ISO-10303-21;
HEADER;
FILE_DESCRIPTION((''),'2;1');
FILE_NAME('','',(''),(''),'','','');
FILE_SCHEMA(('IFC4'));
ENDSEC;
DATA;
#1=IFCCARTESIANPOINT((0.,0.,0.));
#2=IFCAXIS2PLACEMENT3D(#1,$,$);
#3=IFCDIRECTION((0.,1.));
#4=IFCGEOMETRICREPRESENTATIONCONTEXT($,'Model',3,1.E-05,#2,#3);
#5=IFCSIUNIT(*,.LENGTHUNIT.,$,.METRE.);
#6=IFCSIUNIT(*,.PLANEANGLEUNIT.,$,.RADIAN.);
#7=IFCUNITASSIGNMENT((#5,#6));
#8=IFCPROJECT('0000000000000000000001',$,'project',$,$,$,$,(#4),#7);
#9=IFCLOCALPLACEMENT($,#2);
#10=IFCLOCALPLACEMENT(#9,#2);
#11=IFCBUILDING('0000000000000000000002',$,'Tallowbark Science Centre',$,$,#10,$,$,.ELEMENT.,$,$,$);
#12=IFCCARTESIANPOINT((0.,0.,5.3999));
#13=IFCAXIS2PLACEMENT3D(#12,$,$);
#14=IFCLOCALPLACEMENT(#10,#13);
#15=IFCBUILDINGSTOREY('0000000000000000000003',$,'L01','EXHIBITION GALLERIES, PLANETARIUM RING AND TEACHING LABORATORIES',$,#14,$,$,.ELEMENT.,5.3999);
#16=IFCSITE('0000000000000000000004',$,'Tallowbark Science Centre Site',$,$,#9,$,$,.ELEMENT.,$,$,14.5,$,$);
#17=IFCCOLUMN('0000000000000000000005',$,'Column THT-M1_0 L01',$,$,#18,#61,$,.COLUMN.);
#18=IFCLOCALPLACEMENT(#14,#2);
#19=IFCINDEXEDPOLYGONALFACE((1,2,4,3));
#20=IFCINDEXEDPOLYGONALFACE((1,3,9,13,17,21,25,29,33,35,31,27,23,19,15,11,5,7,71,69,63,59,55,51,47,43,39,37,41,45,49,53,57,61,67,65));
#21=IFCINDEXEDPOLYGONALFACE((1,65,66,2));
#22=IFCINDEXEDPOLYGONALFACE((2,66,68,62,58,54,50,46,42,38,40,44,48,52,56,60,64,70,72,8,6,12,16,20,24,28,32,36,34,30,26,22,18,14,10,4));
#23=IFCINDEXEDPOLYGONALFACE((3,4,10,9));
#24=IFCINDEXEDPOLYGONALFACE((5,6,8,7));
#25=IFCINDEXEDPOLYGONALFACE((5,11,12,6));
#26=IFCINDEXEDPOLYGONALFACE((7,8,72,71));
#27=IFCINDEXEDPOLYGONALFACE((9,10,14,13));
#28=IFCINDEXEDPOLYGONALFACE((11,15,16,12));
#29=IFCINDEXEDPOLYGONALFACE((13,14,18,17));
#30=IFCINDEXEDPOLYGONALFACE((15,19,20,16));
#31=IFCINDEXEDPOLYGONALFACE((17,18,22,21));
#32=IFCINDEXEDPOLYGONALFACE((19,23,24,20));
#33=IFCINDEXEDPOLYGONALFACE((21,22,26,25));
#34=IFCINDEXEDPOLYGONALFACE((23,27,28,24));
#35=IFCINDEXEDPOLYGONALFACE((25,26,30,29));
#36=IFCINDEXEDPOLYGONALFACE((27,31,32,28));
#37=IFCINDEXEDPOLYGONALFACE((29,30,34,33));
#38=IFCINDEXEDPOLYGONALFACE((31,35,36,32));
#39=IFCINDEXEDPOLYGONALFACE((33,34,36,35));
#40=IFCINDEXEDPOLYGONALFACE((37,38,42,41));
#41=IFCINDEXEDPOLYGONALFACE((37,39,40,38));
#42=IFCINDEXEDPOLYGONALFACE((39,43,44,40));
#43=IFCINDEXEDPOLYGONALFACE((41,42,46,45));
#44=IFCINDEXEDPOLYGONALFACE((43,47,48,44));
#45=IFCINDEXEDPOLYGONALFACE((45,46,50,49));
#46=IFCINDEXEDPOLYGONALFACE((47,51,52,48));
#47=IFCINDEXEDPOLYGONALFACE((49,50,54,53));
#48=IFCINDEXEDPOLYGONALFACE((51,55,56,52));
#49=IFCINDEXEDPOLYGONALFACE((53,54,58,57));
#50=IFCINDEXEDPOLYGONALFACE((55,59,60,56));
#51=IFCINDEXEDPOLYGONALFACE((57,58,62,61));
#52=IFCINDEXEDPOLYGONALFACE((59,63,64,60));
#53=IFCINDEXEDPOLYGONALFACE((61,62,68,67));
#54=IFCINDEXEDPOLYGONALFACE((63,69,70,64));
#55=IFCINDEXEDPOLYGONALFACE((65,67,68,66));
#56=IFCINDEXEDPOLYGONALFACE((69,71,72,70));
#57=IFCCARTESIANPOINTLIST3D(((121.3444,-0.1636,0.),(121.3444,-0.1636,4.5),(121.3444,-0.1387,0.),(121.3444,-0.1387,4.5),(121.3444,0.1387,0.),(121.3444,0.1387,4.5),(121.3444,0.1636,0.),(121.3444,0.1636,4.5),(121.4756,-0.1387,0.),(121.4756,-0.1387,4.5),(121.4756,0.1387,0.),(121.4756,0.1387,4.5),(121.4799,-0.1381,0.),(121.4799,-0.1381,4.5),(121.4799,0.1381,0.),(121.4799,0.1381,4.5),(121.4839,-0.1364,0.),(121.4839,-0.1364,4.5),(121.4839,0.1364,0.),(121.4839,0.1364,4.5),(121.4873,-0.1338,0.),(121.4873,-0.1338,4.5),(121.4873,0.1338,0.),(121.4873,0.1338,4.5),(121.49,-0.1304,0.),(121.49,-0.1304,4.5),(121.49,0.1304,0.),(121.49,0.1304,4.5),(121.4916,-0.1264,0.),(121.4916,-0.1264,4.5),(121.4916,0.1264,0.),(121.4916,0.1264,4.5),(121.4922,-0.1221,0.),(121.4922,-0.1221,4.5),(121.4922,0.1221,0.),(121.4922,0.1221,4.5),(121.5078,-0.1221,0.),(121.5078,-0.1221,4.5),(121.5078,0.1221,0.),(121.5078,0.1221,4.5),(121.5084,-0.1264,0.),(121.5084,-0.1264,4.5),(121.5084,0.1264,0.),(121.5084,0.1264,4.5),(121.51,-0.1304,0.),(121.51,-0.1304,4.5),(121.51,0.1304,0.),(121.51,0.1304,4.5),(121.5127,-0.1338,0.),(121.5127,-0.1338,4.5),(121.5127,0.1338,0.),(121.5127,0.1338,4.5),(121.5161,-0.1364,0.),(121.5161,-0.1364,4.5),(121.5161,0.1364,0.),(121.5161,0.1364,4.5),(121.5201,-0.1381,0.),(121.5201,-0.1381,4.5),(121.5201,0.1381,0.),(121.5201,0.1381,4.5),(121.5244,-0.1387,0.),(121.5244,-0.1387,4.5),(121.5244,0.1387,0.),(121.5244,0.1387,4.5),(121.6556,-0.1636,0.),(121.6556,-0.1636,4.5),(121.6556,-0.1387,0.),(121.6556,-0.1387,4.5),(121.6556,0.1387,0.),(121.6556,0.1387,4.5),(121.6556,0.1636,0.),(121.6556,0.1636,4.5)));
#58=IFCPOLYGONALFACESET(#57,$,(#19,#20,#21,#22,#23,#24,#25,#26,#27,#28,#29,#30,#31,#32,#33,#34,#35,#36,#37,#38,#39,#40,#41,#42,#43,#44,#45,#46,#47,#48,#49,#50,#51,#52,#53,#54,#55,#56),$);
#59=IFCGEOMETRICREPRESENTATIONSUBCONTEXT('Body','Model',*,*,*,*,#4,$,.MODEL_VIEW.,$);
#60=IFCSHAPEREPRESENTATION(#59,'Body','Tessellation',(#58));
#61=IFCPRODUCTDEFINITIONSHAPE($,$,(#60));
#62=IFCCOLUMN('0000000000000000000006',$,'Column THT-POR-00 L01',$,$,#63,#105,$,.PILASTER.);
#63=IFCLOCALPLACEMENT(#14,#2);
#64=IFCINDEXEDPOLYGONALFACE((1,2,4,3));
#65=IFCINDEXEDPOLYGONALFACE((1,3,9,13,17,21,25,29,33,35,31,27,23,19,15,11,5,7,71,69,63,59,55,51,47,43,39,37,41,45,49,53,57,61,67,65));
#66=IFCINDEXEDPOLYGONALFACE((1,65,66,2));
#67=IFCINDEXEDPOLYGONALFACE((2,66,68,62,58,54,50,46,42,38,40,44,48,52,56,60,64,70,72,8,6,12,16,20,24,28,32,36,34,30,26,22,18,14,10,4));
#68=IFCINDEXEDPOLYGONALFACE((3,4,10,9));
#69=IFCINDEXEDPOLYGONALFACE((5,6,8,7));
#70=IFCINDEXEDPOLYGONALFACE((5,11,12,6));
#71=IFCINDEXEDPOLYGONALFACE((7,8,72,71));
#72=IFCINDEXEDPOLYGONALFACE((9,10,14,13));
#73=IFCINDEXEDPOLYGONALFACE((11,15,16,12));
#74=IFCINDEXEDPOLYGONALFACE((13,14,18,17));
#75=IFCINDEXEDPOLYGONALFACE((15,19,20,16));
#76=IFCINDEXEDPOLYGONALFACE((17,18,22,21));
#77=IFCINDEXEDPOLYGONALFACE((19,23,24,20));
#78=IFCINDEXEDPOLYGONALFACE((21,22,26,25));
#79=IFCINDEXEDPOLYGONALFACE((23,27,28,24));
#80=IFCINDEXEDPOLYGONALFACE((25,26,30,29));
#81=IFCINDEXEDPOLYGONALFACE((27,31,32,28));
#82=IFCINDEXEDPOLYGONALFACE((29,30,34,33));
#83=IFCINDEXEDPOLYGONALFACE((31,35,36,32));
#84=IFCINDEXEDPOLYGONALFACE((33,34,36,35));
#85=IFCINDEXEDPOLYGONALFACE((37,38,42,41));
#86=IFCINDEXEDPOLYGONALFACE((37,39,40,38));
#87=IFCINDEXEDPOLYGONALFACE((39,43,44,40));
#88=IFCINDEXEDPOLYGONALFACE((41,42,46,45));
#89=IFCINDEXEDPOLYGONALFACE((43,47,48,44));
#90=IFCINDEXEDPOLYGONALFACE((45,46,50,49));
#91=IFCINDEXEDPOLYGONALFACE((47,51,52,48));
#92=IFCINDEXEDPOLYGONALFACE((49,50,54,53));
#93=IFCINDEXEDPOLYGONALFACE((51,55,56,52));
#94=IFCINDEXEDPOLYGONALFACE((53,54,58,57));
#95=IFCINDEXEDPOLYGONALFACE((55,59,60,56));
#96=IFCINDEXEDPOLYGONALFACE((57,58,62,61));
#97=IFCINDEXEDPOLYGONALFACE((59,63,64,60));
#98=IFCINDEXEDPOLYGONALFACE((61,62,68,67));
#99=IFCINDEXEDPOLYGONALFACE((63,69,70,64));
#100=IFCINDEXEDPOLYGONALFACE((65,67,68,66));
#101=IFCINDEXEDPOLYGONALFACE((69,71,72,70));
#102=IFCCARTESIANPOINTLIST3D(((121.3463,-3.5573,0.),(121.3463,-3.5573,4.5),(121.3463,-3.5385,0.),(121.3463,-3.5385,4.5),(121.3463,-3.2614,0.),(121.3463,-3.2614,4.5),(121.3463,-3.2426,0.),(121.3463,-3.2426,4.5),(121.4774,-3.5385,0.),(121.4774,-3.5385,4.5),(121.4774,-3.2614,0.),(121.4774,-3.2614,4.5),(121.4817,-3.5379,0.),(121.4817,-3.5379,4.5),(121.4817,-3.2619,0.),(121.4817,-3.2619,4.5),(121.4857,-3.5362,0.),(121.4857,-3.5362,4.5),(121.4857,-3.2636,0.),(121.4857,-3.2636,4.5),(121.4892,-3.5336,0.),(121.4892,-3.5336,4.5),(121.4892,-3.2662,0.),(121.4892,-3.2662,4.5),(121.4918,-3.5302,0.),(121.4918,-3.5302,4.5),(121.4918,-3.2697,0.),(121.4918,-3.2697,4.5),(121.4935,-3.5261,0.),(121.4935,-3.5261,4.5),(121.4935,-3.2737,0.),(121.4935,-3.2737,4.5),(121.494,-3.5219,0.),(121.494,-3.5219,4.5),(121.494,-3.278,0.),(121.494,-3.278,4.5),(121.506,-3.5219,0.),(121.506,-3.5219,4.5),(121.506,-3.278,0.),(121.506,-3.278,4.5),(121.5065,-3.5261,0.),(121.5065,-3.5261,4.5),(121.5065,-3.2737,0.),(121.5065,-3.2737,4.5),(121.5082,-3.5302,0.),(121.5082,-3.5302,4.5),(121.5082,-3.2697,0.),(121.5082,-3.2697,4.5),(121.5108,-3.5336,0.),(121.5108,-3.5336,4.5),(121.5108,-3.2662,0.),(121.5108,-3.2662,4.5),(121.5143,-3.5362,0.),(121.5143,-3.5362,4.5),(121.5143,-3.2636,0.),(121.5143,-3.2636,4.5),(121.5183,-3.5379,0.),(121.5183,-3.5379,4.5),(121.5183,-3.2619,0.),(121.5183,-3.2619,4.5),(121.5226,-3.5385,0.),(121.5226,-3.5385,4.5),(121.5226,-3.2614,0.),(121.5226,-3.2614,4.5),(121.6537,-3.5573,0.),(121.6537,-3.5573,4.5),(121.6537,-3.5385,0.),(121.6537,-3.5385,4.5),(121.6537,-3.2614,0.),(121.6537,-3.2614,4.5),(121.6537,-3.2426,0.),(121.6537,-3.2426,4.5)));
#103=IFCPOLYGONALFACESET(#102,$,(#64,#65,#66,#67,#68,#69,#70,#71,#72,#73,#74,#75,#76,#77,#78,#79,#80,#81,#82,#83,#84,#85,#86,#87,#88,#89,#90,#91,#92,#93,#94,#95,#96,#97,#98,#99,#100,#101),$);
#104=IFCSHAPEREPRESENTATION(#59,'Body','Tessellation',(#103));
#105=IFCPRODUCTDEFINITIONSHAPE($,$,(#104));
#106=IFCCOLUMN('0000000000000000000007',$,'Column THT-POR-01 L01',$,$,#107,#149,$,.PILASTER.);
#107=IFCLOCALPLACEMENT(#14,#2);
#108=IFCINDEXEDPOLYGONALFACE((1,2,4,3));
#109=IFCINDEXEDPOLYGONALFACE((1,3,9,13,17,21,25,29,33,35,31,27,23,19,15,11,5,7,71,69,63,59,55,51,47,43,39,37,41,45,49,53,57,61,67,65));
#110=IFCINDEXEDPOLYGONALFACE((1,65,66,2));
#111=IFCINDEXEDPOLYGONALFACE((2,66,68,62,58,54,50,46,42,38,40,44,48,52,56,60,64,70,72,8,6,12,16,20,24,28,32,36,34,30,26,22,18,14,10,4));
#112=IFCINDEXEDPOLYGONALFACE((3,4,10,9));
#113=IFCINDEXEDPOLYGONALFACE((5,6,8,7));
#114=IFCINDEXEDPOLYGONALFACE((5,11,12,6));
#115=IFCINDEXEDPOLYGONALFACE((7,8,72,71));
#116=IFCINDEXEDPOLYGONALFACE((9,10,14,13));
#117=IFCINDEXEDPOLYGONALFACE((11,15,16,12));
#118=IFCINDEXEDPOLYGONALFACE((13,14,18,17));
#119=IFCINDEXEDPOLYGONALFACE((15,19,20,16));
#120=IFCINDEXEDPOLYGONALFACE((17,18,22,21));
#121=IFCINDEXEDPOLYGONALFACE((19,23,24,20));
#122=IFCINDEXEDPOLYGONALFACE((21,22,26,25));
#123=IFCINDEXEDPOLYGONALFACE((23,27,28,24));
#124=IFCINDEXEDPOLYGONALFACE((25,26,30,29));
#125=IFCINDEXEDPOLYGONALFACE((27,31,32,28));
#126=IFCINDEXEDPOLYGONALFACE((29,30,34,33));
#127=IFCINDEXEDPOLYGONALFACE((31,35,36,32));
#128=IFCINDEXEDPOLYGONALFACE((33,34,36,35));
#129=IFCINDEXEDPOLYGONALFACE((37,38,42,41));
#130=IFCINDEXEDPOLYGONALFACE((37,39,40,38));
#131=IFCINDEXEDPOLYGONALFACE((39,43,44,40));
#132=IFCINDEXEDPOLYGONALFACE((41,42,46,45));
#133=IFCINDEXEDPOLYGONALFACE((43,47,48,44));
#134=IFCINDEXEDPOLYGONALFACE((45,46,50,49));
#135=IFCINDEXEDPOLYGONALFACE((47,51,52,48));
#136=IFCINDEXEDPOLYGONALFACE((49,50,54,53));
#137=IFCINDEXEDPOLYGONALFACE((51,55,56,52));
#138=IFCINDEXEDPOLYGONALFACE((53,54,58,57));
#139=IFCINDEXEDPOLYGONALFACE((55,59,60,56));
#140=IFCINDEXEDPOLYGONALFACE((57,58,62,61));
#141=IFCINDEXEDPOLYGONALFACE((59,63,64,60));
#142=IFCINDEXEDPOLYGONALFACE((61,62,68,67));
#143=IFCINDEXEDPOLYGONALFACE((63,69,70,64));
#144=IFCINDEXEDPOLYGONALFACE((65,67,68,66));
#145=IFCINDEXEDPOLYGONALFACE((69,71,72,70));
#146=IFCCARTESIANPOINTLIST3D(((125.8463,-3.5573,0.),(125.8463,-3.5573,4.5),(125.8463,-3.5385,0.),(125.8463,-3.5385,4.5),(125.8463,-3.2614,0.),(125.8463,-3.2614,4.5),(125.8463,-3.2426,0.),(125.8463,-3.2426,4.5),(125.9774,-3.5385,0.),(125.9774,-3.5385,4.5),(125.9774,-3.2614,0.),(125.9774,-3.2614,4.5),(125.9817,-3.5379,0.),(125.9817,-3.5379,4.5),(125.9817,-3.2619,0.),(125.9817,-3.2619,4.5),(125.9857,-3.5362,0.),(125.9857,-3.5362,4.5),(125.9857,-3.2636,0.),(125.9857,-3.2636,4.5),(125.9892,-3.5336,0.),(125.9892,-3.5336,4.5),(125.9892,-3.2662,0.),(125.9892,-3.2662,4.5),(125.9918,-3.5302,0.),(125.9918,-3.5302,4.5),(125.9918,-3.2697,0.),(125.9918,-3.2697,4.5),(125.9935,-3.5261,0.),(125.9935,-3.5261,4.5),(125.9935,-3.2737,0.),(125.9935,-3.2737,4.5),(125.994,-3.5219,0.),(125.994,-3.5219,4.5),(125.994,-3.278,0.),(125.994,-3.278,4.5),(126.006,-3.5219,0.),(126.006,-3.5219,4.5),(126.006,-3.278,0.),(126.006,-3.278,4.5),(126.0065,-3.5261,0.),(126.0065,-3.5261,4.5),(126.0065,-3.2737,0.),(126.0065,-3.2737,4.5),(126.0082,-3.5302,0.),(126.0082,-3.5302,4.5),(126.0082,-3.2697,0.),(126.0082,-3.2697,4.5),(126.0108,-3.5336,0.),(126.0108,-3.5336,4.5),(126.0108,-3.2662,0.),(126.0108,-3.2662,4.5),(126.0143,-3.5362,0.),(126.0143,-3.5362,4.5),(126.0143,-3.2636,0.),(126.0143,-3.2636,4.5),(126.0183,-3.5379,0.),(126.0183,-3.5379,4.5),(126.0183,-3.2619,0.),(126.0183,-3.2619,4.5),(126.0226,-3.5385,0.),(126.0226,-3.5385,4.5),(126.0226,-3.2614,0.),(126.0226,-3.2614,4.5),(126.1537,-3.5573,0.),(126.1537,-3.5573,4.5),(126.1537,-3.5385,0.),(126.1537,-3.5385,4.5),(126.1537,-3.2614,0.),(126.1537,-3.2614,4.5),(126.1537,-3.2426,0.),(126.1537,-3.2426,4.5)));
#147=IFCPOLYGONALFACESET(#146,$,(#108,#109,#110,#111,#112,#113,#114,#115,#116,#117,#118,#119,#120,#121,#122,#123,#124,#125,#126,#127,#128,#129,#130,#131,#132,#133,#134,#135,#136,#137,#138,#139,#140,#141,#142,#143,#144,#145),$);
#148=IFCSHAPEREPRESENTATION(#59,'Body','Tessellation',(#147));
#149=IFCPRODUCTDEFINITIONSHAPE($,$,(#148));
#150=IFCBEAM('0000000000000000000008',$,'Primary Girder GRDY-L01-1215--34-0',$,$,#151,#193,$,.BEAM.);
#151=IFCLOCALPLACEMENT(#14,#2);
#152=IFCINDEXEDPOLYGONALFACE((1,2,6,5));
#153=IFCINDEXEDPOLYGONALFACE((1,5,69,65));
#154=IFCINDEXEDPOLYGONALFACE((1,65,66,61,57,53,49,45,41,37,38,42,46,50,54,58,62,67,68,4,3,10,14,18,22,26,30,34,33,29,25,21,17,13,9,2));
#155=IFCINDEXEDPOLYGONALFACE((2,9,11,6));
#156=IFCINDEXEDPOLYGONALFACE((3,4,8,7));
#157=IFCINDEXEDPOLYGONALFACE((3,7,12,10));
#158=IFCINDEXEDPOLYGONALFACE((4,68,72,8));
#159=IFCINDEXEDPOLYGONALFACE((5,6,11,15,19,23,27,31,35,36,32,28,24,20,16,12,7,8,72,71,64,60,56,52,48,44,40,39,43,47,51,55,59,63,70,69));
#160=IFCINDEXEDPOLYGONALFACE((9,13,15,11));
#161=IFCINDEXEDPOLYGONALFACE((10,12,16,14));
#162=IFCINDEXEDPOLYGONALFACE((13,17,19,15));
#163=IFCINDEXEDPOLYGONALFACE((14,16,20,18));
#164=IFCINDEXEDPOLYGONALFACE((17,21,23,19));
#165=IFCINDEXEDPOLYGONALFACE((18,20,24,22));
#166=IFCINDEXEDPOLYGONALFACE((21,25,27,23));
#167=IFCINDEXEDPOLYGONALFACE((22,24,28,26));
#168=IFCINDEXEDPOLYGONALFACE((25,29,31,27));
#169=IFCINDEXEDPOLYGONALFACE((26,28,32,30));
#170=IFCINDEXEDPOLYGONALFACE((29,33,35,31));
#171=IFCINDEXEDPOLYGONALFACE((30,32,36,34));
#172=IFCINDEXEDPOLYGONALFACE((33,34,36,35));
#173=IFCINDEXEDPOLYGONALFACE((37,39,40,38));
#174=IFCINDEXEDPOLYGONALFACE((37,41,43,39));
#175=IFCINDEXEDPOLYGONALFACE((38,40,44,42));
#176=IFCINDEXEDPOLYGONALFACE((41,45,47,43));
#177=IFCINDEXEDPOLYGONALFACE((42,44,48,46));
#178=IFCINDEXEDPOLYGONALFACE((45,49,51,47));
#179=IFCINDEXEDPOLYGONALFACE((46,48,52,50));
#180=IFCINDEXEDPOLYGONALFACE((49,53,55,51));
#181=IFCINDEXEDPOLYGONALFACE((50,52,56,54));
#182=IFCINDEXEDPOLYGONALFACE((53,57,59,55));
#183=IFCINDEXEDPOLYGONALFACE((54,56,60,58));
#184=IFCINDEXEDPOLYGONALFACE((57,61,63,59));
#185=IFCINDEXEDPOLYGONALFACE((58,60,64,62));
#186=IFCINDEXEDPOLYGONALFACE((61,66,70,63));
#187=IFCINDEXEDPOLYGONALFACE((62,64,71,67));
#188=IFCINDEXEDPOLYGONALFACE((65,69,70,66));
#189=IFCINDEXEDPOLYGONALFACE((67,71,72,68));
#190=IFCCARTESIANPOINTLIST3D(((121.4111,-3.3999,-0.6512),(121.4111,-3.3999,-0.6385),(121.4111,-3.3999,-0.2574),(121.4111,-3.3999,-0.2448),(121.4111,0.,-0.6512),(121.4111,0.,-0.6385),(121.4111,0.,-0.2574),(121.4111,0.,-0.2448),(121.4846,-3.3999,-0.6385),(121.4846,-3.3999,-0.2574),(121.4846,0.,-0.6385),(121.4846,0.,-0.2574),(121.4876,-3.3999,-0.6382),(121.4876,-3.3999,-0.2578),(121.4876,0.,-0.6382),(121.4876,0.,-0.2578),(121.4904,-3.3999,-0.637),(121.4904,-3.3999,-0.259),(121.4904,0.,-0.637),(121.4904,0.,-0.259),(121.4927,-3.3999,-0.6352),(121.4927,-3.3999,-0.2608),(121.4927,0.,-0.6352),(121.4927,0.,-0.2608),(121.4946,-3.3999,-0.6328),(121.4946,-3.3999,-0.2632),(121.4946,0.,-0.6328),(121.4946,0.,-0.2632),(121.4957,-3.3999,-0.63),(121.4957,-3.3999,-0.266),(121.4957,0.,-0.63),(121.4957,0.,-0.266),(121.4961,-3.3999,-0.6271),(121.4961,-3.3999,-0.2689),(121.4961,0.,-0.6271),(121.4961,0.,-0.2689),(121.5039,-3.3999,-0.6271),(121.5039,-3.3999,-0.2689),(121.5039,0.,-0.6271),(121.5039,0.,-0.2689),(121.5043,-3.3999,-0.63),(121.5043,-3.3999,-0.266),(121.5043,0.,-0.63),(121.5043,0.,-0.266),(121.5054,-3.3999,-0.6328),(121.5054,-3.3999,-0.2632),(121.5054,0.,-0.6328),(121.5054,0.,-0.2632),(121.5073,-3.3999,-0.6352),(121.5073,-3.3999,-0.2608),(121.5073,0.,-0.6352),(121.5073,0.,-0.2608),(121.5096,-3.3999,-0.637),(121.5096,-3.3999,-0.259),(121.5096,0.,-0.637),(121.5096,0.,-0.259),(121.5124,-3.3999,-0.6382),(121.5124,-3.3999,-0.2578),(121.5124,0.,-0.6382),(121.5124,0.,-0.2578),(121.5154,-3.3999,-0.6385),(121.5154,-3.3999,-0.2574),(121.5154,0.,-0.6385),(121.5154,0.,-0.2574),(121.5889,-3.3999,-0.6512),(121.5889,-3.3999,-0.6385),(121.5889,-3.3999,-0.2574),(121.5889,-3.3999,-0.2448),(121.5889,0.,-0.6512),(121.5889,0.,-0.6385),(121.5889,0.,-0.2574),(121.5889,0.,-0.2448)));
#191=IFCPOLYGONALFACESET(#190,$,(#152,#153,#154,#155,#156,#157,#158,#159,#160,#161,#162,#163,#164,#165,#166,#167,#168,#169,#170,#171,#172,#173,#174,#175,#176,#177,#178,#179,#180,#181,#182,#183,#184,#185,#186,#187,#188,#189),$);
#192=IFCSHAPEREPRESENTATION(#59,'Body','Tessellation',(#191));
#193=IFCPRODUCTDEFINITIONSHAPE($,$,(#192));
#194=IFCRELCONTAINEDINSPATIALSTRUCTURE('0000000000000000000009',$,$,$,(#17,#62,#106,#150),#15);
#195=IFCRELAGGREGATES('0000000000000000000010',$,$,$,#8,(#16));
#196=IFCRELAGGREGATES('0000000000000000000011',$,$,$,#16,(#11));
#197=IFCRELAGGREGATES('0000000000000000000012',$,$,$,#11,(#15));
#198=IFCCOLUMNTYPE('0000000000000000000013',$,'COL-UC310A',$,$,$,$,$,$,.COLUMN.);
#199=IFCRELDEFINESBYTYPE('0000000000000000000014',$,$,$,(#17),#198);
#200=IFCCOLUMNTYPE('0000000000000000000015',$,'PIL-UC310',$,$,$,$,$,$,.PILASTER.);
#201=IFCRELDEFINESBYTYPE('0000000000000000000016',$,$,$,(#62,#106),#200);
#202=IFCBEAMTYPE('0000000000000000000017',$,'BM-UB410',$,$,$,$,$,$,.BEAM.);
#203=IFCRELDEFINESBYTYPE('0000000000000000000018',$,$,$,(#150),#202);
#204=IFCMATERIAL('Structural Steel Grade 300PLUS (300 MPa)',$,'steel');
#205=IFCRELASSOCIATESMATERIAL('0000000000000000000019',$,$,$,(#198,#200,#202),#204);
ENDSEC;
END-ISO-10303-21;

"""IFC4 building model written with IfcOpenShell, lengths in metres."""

from ifc_helpers import new_model, si_unit, direction, frame, origin, origin_2d, place, context, subcontext, project, spatial, i_section, extrude, material, material_profile, profile_set, type_object, element, save


model = new_model("IFC4")

# Units and contexts
model_context = context("Model", 3, precision=1e-05, world=origin(), true_north=direction((0.0, 1.0)))
body_context = subcontext(model_context, "Body", "Model", "MODEL_VIEW")
ifc_project = project(units=[si_unit("LENGTHUNIT", "METRE"), si_unit("PLANEANGLEUNIT", "RADIAN")], contexts=[model_context])

# Site, building, storey
site_placement = place(None, origin())
site = spatial("IfcSite", under=ifc_project, at=site_placement, Name="Tallowbark Science Centre Site", CompositionType="ELEMENT", RefElevation=14.5)
building_placement = place(site_placement, origin())
building = spatial("IfcBuilding", under=site, at=building_placement, Name="Tallowbark Science Centre", CompositionType="ELEMENT")
storey_placement = place(building_placement, frame((0.0, 0.0, 5.3999)))
storey = spatial("IfcBuildingStorey", under=building, at=storey_placement, Name="L01", Description="EXHIBITION GALLERIES, PLANETARIUM RING AND TEACHING LABORATORIES", CompositionType="ELEMENT", Elevation=5.3999)

# Columns
ifc_material_1 = material(Name="Structural Steel Grade 300PLUS (300 MPa)", Category="steel")
ifc_material_profile_1 = material_profile(ifc_material_1, i_section(OverallWidth=0.3113, OverallDepth=0.3271, WebThickness=0.0156, FlangeThickness=0.0249, FilletRadius=0.0166, at=origin_2d()), Name="310UC158")
ifc_profile_set_1 = profile_set([ifc_material_profile_1], Name="Structural Steel Grade 300PLUS (300 MPa)")
column_type_1 = type_object("IfcColumnType", Name="COL-UC310A", PredefinedType="COLUMN", material=ifc_profile_set_1)
column_placement = place(storey_placement, frame((121.5, 0.0, 0.0), z_axis=(0.0, 0.0, 1.0), x_axis=(1.0, 0.0, 0.0)))
element("IfcColumn", 1, at=column_placement, inside=storey, type_object=column_type_1, Name="Column THT-M1_0 L01", PredefinedType="COLUMN", context=body_context, shape_type="SweptSolid", body=[
    extrude(i_section(OverallWidth=0.3113, OverallDepth=0.3271, WebThickness=0.0156, FlangeThickness=0.0249, FilletRadius=0.0166, at=origin_2d()), origin(), (0.0, 0.0, 1.0), 4.5),
])
ifc_material_profile_2 = material_profile(ifc_material_1, i_section(OverallWidth=0.3074, OverallDepth=0.3147, WebThickness=0.012, FlangeThickness=0.0188, FilletRadius=0.0166, at=origin_2d()), Name="310UC118")
ifc_profile_set_2 = profile_set([ifc_material_profile_2], Name="Structural Steel Grade 300PLUS (300 MPa)")
column_type_2 = type_object("IfcColumnType", Name="PIL-UC310", PredefinedType="PILASTER", material=ifc_profile_set_2)
for number, where, z_axis, x_axis, name in (
    (2, (121.5, -3.3999, 0.0), (0.0, 0.0, 1.0), (1.0, 0.0, 0.0), "Column THT-POR-00 L01"),
    (3, (126.0, -3.3999, 0.0), (0.0, 0.0, 1.0), (1.0, 0.0, 0.0), "Column THT-POR-01 L01"),
):
    element("IfcColumn", number, at=place(storey_placement, frame(where, z_axis=z_axis, x_axis=x_axis)), inside=storey, type_object=column_type_2, Name=name, PredefinedType="PILASTER", context=body_context, shape_type="SweptSolid", body=[
        extrude(i_section(OverallWidth=0.3074, OverallDepth=0.3147, WebThickness=0.012, FlangeThickness=0.0188, FilletRadius=0.0166, at=origin_2d()), origin(), (0.0, 0.0, 1.0), 4.5),
    ])

# Beam
ifc_material_profile_3 = material_profile(ifc_material_1, i_section(OverallWidth=0.1777, OverallDepth=0.4065, WebThickness=0.0078, FlangeThickness=0.0127, FilletRadius=0.0115, at=origin_2d()), Name="410UB59.7")
ifc_profile_set_3 = profile_set([ifc_material_profile_3], Name="Structural Steel Grade 300PLUS (300 MPa)")
beam_type_1 = type_object("IfcBeamType", Name="BM-UB410", PredefinedType="BEAM", material=ifc_profile_set_3)
beam_1_placement = place(storey_placement, frame((121.5, -3.3999, -0.448), z_axis=(0.0, 1.0, 0.0), x_axis=(-1.0, 0.0, 0.0)))
element("IfcBeam", 4, at=beam_1_placement, inside=storey, type_object=beam_type_1, Name="Primary Girder GRDY-L01-1215--34-0", PredefinedType="BEAM", context=body_context, shape_type="SweptSolid", body=[
    extrude(i_section(OverallWidth=0.1777, OverallDepth=0.4065, WebThickness=0.0078, FlangeThickness=0.0127, FilletRadius=0.0115, at=origin_2d()), origin(), (0.0, 0.0, 1.0), 3.3999),
])

save(model, "model.ifc")
